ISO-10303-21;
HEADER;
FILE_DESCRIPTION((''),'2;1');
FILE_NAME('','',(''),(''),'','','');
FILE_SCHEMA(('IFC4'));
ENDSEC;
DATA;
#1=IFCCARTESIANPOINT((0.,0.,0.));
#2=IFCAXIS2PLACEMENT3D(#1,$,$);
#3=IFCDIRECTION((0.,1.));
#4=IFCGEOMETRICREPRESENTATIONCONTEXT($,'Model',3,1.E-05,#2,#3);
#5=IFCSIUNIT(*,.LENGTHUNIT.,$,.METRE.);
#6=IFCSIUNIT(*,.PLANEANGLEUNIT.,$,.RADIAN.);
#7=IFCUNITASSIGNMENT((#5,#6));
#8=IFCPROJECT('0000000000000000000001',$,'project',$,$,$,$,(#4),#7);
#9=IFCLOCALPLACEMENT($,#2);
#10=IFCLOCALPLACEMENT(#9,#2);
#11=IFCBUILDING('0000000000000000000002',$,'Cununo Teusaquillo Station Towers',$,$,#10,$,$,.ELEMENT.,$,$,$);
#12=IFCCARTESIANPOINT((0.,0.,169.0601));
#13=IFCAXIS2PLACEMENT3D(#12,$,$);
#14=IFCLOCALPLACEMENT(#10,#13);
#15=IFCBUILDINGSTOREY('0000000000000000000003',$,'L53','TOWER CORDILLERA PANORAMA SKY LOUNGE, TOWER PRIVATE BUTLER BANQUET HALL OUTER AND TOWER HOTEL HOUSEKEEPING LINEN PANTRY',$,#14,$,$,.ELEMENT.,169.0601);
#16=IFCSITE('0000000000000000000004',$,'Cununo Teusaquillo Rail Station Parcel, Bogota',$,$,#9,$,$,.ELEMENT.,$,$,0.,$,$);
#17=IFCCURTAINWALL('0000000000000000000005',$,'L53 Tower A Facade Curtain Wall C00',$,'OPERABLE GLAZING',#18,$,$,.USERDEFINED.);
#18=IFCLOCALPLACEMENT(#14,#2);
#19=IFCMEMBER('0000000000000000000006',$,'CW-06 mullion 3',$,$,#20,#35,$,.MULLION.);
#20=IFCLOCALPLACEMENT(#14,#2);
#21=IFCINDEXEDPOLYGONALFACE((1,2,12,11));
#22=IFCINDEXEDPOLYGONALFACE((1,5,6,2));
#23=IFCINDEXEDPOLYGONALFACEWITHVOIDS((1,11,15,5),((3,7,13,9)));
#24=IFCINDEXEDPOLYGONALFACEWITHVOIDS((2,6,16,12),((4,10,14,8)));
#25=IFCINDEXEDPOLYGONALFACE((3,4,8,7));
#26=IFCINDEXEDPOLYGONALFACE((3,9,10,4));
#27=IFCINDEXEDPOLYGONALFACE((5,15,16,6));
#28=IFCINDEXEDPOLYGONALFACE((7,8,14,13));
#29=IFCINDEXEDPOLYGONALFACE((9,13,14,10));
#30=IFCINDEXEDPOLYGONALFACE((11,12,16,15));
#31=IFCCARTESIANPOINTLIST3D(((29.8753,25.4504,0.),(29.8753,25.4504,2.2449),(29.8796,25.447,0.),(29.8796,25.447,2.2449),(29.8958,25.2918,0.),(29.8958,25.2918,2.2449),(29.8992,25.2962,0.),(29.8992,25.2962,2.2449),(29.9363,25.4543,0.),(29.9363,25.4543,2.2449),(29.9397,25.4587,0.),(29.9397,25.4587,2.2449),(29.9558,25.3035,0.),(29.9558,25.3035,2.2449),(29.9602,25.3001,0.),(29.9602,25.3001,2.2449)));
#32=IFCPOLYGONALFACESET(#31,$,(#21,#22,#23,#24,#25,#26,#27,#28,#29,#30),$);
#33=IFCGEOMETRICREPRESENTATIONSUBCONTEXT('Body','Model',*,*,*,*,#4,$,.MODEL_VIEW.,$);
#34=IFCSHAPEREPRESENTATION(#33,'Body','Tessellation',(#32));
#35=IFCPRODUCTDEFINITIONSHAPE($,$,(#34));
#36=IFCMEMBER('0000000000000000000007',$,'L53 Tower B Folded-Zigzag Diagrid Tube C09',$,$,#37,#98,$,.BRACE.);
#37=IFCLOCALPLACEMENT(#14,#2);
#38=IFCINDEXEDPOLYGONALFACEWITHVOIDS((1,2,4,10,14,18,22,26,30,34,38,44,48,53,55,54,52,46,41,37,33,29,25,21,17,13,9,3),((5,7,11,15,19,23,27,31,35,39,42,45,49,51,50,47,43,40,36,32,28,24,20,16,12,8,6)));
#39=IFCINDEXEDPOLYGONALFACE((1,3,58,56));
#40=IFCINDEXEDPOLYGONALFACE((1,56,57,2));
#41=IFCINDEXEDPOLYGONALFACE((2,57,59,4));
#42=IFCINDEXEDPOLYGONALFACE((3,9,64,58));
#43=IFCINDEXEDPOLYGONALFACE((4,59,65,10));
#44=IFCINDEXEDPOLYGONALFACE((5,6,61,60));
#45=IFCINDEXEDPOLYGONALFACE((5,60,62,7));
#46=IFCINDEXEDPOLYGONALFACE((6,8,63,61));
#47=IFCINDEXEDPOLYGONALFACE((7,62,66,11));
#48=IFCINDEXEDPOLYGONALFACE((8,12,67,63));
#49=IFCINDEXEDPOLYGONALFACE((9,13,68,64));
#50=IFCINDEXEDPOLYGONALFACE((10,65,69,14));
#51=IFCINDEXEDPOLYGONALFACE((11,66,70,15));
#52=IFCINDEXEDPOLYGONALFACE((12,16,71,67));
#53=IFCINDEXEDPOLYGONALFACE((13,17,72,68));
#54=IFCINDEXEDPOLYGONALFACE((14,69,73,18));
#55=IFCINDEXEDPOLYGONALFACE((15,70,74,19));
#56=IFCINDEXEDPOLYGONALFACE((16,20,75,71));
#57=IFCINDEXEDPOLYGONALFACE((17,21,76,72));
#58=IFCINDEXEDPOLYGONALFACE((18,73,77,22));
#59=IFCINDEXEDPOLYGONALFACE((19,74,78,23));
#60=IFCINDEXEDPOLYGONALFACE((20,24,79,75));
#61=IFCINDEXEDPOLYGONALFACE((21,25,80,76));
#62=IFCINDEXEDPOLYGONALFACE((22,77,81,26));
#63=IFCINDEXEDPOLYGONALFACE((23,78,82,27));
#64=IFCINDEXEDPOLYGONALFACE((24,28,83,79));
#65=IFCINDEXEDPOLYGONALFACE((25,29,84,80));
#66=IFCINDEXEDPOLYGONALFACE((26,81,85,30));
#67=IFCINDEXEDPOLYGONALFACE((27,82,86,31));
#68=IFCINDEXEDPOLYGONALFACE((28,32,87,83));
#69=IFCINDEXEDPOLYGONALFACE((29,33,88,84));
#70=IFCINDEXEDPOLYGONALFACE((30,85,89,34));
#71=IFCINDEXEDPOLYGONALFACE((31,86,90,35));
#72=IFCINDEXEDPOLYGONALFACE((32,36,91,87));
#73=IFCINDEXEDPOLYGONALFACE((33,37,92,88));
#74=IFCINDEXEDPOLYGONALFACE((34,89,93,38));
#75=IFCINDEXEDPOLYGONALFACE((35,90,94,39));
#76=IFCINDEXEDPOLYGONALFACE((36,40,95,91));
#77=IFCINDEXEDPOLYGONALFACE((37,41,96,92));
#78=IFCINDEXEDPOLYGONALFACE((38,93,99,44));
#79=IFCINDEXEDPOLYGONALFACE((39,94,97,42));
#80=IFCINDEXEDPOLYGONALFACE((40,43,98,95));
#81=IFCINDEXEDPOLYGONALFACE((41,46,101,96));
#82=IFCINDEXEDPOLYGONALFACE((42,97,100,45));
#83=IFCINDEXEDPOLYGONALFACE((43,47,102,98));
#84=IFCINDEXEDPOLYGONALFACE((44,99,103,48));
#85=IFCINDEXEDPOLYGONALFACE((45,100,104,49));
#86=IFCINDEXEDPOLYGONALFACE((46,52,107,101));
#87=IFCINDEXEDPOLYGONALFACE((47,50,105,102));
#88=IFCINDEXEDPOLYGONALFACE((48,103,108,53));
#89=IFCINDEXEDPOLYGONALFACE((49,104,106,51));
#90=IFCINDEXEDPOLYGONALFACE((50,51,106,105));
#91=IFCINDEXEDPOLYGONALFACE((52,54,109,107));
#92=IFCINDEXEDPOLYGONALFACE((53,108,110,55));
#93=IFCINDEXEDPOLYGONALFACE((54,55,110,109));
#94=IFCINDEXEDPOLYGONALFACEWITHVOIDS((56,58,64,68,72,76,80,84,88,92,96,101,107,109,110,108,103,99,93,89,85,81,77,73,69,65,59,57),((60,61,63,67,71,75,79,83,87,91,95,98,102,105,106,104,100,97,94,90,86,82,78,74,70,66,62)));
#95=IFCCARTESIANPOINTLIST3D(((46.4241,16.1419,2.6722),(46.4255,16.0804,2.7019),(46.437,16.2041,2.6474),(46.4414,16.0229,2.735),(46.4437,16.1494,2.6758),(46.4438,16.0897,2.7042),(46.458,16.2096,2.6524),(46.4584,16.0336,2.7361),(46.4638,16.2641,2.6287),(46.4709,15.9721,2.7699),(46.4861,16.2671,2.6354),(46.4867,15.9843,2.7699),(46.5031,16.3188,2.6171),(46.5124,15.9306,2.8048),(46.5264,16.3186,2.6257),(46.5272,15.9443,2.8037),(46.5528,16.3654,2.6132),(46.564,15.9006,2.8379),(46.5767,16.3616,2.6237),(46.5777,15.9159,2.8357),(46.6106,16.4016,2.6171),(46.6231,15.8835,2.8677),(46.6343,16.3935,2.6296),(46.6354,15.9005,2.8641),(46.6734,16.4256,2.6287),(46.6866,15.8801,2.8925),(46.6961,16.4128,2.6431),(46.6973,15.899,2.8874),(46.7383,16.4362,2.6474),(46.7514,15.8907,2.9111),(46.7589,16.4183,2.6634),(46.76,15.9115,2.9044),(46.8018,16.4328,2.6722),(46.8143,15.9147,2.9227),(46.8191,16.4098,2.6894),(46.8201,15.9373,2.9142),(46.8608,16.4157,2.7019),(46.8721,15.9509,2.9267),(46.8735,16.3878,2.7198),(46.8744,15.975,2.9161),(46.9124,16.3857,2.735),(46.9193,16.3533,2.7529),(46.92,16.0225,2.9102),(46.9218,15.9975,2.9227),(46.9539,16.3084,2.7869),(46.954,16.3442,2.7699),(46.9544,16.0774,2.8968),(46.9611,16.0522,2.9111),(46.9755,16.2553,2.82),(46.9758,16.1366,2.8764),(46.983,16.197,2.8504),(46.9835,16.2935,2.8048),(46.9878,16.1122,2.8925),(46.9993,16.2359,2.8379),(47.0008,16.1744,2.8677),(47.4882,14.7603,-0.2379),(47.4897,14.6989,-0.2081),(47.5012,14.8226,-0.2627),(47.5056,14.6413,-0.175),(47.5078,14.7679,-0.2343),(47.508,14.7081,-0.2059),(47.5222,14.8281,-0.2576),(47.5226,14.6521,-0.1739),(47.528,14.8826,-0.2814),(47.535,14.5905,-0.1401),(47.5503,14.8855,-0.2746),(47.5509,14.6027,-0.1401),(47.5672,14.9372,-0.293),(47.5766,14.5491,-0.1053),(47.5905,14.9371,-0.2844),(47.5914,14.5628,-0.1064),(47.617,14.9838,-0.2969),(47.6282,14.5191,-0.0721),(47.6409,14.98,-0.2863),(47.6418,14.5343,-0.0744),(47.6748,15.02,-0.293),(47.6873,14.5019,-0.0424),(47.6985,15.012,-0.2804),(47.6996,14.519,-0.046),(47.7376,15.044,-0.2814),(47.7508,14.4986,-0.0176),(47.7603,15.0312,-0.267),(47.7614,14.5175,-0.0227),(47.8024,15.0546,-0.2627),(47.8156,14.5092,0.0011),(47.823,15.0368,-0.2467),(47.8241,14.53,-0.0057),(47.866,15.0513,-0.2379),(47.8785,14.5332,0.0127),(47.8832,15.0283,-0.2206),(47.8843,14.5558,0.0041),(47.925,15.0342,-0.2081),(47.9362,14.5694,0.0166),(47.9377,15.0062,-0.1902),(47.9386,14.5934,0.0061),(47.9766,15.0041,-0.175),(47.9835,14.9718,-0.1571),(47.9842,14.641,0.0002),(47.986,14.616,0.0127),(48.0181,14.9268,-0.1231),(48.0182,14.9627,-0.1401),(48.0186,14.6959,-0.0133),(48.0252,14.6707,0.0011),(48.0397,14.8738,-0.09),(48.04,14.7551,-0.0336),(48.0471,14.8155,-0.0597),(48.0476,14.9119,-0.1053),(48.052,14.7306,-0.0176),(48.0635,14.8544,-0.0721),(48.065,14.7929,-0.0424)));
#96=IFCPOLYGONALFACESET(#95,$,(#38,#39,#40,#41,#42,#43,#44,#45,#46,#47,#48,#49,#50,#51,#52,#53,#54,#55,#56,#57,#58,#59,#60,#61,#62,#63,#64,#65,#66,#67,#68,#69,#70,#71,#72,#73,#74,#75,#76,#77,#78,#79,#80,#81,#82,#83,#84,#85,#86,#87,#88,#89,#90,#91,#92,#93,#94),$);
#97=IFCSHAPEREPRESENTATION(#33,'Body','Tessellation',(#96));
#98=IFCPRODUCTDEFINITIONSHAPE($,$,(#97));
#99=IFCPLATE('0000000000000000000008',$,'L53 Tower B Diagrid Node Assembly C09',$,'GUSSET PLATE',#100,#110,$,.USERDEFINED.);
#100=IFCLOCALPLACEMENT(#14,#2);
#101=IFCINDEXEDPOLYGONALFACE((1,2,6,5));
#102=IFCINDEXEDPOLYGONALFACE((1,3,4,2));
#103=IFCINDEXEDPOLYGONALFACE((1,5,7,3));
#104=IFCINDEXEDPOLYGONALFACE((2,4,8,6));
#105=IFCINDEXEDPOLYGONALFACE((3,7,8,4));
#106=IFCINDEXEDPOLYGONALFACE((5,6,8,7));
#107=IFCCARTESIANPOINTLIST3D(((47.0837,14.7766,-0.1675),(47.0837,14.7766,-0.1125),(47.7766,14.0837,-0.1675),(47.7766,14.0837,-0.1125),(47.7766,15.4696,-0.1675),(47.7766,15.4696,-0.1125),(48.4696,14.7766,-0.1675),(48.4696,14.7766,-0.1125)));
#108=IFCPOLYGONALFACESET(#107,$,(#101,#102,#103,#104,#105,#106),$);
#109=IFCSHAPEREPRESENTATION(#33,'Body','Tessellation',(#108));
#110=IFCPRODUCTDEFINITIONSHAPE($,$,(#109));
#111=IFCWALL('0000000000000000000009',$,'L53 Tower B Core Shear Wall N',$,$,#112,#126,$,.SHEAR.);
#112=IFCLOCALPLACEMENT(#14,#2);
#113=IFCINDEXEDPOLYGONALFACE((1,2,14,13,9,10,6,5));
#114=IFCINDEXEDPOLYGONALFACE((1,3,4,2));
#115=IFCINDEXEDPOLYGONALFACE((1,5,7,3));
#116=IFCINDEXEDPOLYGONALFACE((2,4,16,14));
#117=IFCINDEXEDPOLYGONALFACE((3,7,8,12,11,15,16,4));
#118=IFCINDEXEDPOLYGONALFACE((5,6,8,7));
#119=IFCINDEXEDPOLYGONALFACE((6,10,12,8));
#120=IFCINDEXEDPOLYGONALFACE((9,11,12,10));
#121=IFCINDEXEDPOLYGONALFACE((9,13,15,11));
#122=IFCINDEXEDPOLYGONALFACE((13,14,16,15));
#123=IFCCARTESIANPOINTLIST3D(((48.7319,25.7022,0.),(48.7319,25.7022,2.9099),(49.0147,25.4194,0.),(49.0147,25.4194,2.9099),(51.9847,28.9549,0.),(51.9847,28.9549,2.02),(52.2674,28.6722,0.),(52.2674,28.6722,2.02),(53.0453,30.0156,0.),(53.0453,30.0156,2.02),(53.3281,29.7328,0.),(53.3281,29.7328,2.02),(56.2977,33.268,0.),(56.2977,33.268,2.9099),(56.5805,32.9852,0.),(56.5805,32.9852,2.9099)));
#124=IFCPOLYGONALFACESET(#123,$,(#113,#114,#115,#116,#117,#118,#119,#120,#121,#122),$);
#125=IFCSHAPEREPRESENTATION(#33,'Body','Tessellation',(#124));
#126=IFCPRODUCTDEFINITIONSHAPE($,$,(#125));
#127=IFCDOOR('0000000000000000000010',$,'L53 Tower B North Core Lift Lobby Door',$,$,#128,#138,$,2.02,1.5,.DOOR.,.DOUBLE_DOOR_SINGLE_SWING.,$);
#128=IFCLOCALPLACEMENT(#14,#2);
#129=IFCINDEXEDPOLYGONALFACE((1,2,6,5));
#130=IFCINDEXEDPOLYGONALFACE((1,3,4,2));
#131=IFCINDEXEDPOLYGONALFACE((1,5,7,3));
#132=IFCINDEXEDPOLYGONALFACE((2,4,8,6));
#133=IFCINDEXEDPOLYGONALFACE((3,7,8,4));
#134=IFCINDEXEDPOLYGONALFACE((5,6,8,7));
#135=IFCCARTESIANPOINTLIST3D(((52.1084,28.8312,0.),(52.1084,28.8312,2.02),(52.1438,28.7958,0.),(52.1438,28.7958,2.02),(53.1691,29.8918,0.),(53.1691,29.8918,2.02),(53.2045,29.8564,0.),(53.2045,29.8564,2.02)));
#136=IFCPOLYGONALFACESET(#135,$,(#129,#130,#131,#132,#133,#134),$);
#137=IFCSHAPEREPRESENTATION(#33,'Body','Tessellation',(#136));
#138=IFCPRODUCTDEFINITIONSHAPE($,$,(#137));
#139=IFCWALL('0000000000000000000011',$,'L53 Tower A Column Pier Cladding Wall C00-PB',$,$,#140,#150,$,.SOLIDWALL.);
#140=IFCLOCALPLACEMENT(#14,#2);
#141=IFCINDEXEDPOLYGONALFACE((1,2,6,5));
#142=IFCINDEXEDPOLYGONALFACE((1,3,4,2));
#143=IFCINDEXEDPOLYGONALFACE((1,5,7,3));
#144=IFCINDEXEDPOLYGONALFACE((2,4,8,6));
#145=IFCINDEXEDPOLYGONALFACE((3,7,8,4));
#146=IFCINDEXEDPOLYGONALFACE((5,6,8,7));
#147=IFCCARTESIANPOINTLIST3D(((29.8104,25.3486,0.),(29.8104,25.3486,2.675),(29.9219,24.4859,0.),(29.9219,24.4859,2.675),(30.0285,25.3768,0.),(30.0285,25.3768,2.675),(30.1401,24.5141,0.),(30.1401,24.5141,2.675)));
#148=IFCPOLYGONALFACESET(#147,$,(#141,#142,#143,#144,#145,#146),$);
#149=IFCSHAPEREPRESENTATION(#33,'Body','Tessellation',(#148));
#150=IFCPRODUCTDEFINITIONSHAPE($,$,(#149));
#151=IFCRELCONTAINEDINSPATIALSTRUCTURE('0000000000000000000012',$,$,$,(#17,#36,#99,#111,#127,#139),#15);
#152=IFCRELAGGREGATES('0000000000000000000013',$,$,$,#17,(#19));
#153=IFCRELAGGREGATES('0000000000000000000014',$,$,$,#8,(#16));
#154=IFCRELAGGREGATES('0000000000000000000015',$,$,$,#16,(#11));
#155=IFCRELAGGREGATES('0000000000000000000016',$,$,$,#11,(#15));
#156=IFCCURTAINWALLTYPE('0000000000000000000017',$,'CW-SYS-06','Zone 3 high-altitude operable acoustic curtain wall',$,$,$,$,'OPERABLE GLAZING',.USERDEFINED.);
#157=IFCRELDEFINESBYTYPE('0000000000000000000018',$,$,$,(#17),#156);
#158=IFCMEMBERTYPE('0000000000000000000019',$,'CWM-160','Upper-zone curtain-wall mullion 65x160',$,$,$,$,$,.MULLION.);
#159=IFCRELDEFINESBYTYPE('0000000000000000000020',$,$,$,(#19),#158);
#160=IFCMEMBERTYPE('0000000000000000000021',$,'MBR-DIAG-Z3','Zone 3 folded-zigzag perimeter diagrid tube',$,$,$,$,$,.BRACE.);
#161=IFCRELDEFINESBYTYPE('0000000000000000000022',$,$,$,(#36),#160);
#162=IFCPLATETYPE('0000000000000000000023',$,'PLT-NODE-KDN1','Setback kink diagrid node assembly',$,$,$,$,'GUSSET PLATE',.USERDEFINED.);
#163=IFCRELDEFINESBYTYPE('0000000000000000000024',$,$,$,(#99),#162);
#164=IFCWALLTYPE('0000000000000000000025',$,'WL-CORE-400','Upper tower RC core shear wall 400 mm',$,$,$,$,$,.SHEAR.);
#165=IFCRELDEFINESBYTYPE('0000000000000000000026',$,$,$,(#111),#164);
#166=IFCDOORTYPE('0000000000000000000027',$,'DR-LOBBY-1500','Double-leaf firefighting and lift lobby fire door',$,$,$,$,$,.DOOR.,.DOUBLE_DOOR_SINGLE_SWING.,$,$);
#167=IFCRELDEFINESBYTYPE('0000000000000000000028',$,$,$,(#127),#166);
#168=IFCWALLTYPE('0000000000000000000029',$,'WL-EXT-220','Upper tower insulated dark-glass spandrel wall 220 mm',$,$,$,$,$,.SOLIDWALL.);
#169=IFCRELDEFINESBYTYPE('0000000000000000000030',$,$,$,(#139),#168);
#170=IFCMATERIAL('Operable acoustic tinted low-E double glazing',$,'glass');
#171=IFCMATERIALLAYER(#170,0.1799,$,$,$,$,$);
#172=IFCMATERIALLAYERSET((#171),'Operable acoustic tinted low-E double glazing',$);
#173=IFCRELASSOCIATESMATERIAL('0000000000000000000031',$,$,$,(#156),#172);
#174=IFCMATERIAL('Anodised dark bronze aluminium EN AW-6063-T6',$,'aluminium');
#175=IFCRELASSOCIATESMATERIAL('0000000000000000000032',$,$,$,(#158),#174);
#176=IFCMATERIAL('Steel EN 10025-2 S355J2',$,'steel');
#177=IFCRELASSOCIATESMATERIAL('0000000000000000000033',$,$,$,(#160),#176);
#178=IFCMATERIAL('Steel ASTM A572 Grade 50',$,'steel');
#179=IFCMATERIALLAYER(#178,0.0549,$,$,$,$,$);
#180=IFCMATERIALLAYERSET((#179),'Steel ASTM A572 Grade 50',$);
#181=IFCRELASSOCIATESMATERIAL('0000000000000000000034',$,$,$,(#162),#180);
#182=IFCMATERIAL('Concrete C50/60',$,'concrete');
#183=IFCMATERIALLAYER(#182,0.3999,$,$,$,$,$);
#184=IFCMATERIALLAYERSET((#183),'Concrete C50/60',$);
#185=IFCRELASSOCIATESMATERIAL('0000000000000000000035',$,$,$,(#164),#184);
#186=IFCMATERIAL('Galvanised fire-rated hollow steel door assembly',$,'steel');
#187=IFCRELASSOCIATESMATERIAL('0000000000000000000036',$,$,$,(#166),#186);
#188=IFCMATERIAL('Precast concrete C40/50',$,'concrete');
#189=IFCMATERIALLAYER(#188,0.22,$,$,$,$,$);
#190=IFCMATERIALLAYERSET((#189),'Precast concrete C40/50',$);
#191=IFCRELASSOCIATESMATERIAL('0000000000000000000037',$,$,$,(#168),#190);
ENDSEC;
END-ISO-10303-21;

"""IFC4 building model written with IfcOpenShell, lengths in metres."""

from ifc_helpers import new_model, si_unit, direction, frame, frame_2d, origin, origin_2d, place, context, subcontext, project, spatial, rectangle, hollow_rectangle, hollow_circle, extrude, source, transform, mapped, material, layer, layer_set, material_profile, profile_set, type_object, element, fill, aggregate, save


model = new_model("IFC4")

# Units and contexts
model_context = context("Model", 3, precision=1e-05, world=origin(), true_north=direction((0.0, 1.0)))
body_context = subcontext(model_context, "Body", "Model", "MODEL_VIEW")
ifc_project = project(units=[si_unit("LENGTHUNIT", "METRE"), si_unit("PLANEANGLEUNIT", "RADIAN")], contexts=[model_context])

# Site, building, storey
site_placement = place(None, origin())
site = spatial("IfcSite", under=ifc_project, at=site_placement, Name="Cununo Teusaquillo Rail Station Parcel, Bogota", CompositionType="ELEMENT", RefElevation=0.0)
building_placement = place(site_placement, origin())
building = spatial("IfcBuilding", under=site, at=building_placement, Name="Cununo Teusaquillo Station Towers", CompositionType="ELEMENT")
storey_placement = place(building_placement, frame((0.0, 0.0, 169.0601)))
storey = spatial("IfcBuildingStorey", under=building, at=storey_placement, Name="L53", Description="TOWER CORDILLERA PANORAMA SKY LOUNGE, TOWER PRIVATE BUTLER BANQUET HALL OUTER AND TOWER HOTEL HOUSEKEEPING LINEN PANTRY", CompositionType="ELEMENT", Elevation=169.0601)

# Curtain wall, member
ifc_material_1 = material(Name="Operable acoustic tinted low-E double glazing", Category="glass")
ifc_layer_1 = layer(ifc_material_1, 0.1799)
ifc_layer_set_1 = layer_set([ifc_layer_1], Name="Operable acoustic tinted low-E double glazing")
curtain_wall_type = type_object("IfcCurtainWallType", Name="CW-SYS-06", Description="Zone 3 high-altitude operable acoustic curtain wall", ElementType="OPERABLE GLAZING", PredefinedType="USERDEFINED", material=ifc_layer_set_1)
curtain_wall_placement = place(storey_placement, origin())
curtain_wall = element("IfcCurtainWall", 1, at=curtain_wall_placement, inside=storey, type_object=curtain_wall_type, Name="L53 Tower A Facade Curtain Wall C00", ObjectType="OPERABLE GLAZING", PredefinedType="USERDEFINED")
ifc_material_2 = material(Name="Anodised dark bronze aluminium EN AW-6063-T6", Category="aluminium")
ifc_material_profile_1 = material_profile(ifc_material_2, hollow_rectangle(XDim=0.0649, YDim=0.1599, WallThickness=0.0039, at=origin_2d()), Name="CW-MULL-65x160")
ifc_profile_set_1 = profile_set([ifc_material_profile_1], Name="Anodised dark bronze aluminium EN AW-6063-T6")
member_type_1 = type_object("IfcMemberType", Name="CWM-160", Description="Upper-zone curtain-wall mullion 65x160", PredefinedType="MULLION", material=ifc_profile_set_1)
member_1_placement = place(storey_placement, frame((29.9177, 25.3752, 0.0), z_axis=(0.0, 0.0, 1.0), x_axis=(0.991737, 0.128285, 0.0)))
member_1 = element("IfcMember", 2, at=member_1_placement, type_object=member_type_1, Name="CW-06 mullion 3", PredefinedType="MULLION", context=body_context, shape_type="SweptSolid", body=[
    extrude(hollow_rectangle(XDim=0.0649, YDim=0.1599, WallThickness=0.0039, at=origin_2d()), origin(), (0.0, 0.0, 1.0), 2.2449),
])
aggregate(curtain_wall, [member_1])

# Member
ifc_material_3 = material(Name="Steel EN 10025-2 S355J2", Category="steel")
ifc_material_profile_2 = material_profile(ifc_material_3, hollow_circle(Radius=0.3049, WallThickness=0.02, at=origin_2d()), Name="CHS 610x20")
ifc_profile_set_2 = profile_set([ifc_material_profile_2], Name="Steel EN 10025-2 S355J2")
member_type_2 = type_object("IfcMemberType", Name="MBR-DIAG-Z3", Description="Zone 3 folded-zigzag perimeter diagrid tube", PredefinedType="BRACE", material=ifc_profile_set_2)
member_2_placement = place(storey_placement, frame((47.7766, 14.7766, -0.1401), z_axis=(-0.313677, 0.407226, 0.857772), x_axis=(-0.792223, -0.610232, 0.0)))
element("IfcMember", 3, at=member_2_placement, inside=storey, type_object=member_type_2, Name="L53 Tower B Folded-Zigzag Diagrid Tube C09", PredefinedType="BRACE", context=body_context, shape_type="SweptSolid", body=[
    extrude(hollow_circle(Radius=0.3049, WallThickness=0.02, at=origin_2d()), origin(), (0.0, 0.0, 1.0), 3.3926),
])

# Plate
ifc_material_4 = material(Name="Steel ASTM A572 Grade 50", Category="steel")
ifc_layer_2 = layer(ifc_material_4, 0.0549)
ifc_layer_set_2 = layer_set([ifc_layer_2], Name="Steel ASTM A572 Grade 50")
plate_type = type_object("IfcPlateType", Name="PLT-NODE-KDN1", Description="Setback kink diagrid node assembly", ElementType="GUSSET PLATE", PredefinedType="USERDEFINED", material=ifc_layer_set_2)
shared_shape_1 = source(origin(), body_context, "Body", "SweptSolid", [
    extrude(rectangle(XDim=0.98, YDim=0.98, at=origin_2d()), origin(), (0.0, 0.0, 1.0), 0.0549),
])
plate_placement = place(storey_placement, frame((47.7766, 14.7766, -0.1675), z_axis=(0.0, 0.0, 1.0), x_axis=(0.707107, 0.707107, 0.0)))
element("IfcPlate", 4, at=plate_placement, inside=storey, type_object=plate_type, Name="L53 Tower B Diagrid Node Assembly C09", ObjectType="GUSSET PLATE", PredefinedType="USERDEFINED", context=body_context, shape_type="MappedRepresentation", body=[
    mapped(shared_shape_1, transform((0.0, 0.0, 0.0), x_axis=(1.0, 0.0, 0.0), y_axis=(0.0, 1.0, 0.0), z_axis=(0.0, 0.0, 1.0), scale=1.0)),
])

# Wall, opening, door
ifc_material_5 = material(Name="Concrete C50/60", Category="concrete")
ifc_layer_3 = layer(ifc_material_5, 0.3999)
ifc_layer_set_3 = layer_set([ifc_layer_3], Name="Concrete C50/60")
wall_type_1 = type_object("IfcWallType", Name="WL-CORE-400", Description="Upper tower RC core shear wall 400 mm", PredefinedType="SHEAR", material=ifc_layer_set_3)
wall_1_placement = place(storey_placement, frame((48.8733, 25.5608, 0.0), z_axis=(0.0, 0.0, 1.0), x_axis=(0.707107, 0.707107, 0.0)))
wall_1 = element("IfcWall", 5, at=wall_1_placement, inside=storey, type_object=wall_type_1, Name="L53 Tower B Core Shear Wall N", PredefinedType="SHEAR", context=body_context, shape_type="SweptSolid", body=[
    extrude(rectangle(XDim=10.6997, YDim=0.3999, at=frame_2d((5.3499, 0.0))), origin(), (0.0, 0.0, 1.0), 2.9099),
])
shared_shape_2 = source(origin(), body_context, "Body", "SweptSolid", [
    extrude(rectangle(XDim=1.5, YDim=2.02, at=frame_2d((0.75, 1.01))), frame((0.0, 0.21, 0.0), z_axis=(0.0, -1.0, 0.0), x_axis=(1.0, 0.0, 0.0)), (0.0, 0.0, 1.0), 0.4199),
])
opening_1_placement = place(wall_1_placement, frame((4.6001, 0.0, 0.0)))
opening_1 = element("IfcOpeningElement", 6, at=opening_1_placement, cuts=wall_1, PredefinedType="OPENING", context=body_context, shape_type="MappedRepresentation", body=[
    mapped(shared_shape_2, transform((0.0, 0.0, 0.0), x_axis=(1.0, 0.0, 0.0), y_axis=(0.0, 1.0, 0.0), z_axis=(0.0, 0.0, 1.0), scale=1.0)),
])
ifc_material_6 = material(Name="Galvanised fire-rated hollow steel door assembly", Category="steel")
door_type_1 = type_object("IfcDoorType", Name="DR-LOBBY-1500", Description="Double-leaf firefighting and lift lobby fire door", OperationType="DOUBLE_DOOR_SINGLE_SWING", PredefinedType="DOOR", material=ifc_material_6)
shared_shape_3 = source(origin(), body_context, "Body", "SweptSolid", [
    extrude(rectangle(XDim=1.5, YDim=2.02, at=frame_2d((0.75, 1.01))), frame((0.0, 0.0249, 0.0), z_axis=(0.0, -1.0, 0.0), x_axis=(1.0, 0.0, 0.0)), (0.0, 0.0, 1.0), 0.05),
])
door_1_placement = place(opening_1_placement, origin())
door_1 = element("IfcDoor", 7, at=door_1_placement, inside=storey, type_object=door_type_1, Name="L53 Tower B North Core Lift Lobby Door", OperationType="DOUBLE_DOOR_SINGLE_SWING", OverallHeight=2.02, OverallWidth=1.5, PredefinedType="DOOR", context=body_context, shape_type="MappedRepresentation", body=[
    mapped(shared_shape_3, transform((0.0, 0.0, 0.0), x_axis=(1.0, 0.0, 0.0), y_axis=(0.0, 1.0, 0.0), z_axis=(0.0, 0.0, 1.0), scale=1.0)),
])
fill(opening_1, door_1)

# Wall
ifc_material_7 = material(Name="Precast concrete C40/50", Category="concrete")
ifc_layer_4 = layer(ifc_material_7, 0.22)
ifc_layer_set_4 = layer_set([ifc_layer_4], Name="Precast concrete C40/50")
wall_type_2 = type_object("IfcWallType", Name="WL-EXT-220", Description="Upper tower insulated dark-glass spandrel wall 220 mm", PredefinedType="SOLIDWALL", material=ifc_layer_set_4)
wall_2_placement = place(storey_placement, frame((29.9194, 25.3628, 0.0), z_axis=(0.0, 0.0, 1.0), x_axis=(0.128247, -0.991742, 0.0)))
element("IfcWall", 8, at=wall_2_placement, inside=storey, type_object=wall_type_2, Name="L53 Tower A Column Pier Cladding Wall C00-PB", PredefinedType="SOLIDWALL", context=body_context, shape_type="SweptSolid", body=[
    extrude(rectangle(XDim=0.8699, YDim=0.22, at=frame_2d((0.4351, 0.0))), origin(), (0.0, 0.0, 1.0), 2.675),
])

save(model, "model.ifc")
